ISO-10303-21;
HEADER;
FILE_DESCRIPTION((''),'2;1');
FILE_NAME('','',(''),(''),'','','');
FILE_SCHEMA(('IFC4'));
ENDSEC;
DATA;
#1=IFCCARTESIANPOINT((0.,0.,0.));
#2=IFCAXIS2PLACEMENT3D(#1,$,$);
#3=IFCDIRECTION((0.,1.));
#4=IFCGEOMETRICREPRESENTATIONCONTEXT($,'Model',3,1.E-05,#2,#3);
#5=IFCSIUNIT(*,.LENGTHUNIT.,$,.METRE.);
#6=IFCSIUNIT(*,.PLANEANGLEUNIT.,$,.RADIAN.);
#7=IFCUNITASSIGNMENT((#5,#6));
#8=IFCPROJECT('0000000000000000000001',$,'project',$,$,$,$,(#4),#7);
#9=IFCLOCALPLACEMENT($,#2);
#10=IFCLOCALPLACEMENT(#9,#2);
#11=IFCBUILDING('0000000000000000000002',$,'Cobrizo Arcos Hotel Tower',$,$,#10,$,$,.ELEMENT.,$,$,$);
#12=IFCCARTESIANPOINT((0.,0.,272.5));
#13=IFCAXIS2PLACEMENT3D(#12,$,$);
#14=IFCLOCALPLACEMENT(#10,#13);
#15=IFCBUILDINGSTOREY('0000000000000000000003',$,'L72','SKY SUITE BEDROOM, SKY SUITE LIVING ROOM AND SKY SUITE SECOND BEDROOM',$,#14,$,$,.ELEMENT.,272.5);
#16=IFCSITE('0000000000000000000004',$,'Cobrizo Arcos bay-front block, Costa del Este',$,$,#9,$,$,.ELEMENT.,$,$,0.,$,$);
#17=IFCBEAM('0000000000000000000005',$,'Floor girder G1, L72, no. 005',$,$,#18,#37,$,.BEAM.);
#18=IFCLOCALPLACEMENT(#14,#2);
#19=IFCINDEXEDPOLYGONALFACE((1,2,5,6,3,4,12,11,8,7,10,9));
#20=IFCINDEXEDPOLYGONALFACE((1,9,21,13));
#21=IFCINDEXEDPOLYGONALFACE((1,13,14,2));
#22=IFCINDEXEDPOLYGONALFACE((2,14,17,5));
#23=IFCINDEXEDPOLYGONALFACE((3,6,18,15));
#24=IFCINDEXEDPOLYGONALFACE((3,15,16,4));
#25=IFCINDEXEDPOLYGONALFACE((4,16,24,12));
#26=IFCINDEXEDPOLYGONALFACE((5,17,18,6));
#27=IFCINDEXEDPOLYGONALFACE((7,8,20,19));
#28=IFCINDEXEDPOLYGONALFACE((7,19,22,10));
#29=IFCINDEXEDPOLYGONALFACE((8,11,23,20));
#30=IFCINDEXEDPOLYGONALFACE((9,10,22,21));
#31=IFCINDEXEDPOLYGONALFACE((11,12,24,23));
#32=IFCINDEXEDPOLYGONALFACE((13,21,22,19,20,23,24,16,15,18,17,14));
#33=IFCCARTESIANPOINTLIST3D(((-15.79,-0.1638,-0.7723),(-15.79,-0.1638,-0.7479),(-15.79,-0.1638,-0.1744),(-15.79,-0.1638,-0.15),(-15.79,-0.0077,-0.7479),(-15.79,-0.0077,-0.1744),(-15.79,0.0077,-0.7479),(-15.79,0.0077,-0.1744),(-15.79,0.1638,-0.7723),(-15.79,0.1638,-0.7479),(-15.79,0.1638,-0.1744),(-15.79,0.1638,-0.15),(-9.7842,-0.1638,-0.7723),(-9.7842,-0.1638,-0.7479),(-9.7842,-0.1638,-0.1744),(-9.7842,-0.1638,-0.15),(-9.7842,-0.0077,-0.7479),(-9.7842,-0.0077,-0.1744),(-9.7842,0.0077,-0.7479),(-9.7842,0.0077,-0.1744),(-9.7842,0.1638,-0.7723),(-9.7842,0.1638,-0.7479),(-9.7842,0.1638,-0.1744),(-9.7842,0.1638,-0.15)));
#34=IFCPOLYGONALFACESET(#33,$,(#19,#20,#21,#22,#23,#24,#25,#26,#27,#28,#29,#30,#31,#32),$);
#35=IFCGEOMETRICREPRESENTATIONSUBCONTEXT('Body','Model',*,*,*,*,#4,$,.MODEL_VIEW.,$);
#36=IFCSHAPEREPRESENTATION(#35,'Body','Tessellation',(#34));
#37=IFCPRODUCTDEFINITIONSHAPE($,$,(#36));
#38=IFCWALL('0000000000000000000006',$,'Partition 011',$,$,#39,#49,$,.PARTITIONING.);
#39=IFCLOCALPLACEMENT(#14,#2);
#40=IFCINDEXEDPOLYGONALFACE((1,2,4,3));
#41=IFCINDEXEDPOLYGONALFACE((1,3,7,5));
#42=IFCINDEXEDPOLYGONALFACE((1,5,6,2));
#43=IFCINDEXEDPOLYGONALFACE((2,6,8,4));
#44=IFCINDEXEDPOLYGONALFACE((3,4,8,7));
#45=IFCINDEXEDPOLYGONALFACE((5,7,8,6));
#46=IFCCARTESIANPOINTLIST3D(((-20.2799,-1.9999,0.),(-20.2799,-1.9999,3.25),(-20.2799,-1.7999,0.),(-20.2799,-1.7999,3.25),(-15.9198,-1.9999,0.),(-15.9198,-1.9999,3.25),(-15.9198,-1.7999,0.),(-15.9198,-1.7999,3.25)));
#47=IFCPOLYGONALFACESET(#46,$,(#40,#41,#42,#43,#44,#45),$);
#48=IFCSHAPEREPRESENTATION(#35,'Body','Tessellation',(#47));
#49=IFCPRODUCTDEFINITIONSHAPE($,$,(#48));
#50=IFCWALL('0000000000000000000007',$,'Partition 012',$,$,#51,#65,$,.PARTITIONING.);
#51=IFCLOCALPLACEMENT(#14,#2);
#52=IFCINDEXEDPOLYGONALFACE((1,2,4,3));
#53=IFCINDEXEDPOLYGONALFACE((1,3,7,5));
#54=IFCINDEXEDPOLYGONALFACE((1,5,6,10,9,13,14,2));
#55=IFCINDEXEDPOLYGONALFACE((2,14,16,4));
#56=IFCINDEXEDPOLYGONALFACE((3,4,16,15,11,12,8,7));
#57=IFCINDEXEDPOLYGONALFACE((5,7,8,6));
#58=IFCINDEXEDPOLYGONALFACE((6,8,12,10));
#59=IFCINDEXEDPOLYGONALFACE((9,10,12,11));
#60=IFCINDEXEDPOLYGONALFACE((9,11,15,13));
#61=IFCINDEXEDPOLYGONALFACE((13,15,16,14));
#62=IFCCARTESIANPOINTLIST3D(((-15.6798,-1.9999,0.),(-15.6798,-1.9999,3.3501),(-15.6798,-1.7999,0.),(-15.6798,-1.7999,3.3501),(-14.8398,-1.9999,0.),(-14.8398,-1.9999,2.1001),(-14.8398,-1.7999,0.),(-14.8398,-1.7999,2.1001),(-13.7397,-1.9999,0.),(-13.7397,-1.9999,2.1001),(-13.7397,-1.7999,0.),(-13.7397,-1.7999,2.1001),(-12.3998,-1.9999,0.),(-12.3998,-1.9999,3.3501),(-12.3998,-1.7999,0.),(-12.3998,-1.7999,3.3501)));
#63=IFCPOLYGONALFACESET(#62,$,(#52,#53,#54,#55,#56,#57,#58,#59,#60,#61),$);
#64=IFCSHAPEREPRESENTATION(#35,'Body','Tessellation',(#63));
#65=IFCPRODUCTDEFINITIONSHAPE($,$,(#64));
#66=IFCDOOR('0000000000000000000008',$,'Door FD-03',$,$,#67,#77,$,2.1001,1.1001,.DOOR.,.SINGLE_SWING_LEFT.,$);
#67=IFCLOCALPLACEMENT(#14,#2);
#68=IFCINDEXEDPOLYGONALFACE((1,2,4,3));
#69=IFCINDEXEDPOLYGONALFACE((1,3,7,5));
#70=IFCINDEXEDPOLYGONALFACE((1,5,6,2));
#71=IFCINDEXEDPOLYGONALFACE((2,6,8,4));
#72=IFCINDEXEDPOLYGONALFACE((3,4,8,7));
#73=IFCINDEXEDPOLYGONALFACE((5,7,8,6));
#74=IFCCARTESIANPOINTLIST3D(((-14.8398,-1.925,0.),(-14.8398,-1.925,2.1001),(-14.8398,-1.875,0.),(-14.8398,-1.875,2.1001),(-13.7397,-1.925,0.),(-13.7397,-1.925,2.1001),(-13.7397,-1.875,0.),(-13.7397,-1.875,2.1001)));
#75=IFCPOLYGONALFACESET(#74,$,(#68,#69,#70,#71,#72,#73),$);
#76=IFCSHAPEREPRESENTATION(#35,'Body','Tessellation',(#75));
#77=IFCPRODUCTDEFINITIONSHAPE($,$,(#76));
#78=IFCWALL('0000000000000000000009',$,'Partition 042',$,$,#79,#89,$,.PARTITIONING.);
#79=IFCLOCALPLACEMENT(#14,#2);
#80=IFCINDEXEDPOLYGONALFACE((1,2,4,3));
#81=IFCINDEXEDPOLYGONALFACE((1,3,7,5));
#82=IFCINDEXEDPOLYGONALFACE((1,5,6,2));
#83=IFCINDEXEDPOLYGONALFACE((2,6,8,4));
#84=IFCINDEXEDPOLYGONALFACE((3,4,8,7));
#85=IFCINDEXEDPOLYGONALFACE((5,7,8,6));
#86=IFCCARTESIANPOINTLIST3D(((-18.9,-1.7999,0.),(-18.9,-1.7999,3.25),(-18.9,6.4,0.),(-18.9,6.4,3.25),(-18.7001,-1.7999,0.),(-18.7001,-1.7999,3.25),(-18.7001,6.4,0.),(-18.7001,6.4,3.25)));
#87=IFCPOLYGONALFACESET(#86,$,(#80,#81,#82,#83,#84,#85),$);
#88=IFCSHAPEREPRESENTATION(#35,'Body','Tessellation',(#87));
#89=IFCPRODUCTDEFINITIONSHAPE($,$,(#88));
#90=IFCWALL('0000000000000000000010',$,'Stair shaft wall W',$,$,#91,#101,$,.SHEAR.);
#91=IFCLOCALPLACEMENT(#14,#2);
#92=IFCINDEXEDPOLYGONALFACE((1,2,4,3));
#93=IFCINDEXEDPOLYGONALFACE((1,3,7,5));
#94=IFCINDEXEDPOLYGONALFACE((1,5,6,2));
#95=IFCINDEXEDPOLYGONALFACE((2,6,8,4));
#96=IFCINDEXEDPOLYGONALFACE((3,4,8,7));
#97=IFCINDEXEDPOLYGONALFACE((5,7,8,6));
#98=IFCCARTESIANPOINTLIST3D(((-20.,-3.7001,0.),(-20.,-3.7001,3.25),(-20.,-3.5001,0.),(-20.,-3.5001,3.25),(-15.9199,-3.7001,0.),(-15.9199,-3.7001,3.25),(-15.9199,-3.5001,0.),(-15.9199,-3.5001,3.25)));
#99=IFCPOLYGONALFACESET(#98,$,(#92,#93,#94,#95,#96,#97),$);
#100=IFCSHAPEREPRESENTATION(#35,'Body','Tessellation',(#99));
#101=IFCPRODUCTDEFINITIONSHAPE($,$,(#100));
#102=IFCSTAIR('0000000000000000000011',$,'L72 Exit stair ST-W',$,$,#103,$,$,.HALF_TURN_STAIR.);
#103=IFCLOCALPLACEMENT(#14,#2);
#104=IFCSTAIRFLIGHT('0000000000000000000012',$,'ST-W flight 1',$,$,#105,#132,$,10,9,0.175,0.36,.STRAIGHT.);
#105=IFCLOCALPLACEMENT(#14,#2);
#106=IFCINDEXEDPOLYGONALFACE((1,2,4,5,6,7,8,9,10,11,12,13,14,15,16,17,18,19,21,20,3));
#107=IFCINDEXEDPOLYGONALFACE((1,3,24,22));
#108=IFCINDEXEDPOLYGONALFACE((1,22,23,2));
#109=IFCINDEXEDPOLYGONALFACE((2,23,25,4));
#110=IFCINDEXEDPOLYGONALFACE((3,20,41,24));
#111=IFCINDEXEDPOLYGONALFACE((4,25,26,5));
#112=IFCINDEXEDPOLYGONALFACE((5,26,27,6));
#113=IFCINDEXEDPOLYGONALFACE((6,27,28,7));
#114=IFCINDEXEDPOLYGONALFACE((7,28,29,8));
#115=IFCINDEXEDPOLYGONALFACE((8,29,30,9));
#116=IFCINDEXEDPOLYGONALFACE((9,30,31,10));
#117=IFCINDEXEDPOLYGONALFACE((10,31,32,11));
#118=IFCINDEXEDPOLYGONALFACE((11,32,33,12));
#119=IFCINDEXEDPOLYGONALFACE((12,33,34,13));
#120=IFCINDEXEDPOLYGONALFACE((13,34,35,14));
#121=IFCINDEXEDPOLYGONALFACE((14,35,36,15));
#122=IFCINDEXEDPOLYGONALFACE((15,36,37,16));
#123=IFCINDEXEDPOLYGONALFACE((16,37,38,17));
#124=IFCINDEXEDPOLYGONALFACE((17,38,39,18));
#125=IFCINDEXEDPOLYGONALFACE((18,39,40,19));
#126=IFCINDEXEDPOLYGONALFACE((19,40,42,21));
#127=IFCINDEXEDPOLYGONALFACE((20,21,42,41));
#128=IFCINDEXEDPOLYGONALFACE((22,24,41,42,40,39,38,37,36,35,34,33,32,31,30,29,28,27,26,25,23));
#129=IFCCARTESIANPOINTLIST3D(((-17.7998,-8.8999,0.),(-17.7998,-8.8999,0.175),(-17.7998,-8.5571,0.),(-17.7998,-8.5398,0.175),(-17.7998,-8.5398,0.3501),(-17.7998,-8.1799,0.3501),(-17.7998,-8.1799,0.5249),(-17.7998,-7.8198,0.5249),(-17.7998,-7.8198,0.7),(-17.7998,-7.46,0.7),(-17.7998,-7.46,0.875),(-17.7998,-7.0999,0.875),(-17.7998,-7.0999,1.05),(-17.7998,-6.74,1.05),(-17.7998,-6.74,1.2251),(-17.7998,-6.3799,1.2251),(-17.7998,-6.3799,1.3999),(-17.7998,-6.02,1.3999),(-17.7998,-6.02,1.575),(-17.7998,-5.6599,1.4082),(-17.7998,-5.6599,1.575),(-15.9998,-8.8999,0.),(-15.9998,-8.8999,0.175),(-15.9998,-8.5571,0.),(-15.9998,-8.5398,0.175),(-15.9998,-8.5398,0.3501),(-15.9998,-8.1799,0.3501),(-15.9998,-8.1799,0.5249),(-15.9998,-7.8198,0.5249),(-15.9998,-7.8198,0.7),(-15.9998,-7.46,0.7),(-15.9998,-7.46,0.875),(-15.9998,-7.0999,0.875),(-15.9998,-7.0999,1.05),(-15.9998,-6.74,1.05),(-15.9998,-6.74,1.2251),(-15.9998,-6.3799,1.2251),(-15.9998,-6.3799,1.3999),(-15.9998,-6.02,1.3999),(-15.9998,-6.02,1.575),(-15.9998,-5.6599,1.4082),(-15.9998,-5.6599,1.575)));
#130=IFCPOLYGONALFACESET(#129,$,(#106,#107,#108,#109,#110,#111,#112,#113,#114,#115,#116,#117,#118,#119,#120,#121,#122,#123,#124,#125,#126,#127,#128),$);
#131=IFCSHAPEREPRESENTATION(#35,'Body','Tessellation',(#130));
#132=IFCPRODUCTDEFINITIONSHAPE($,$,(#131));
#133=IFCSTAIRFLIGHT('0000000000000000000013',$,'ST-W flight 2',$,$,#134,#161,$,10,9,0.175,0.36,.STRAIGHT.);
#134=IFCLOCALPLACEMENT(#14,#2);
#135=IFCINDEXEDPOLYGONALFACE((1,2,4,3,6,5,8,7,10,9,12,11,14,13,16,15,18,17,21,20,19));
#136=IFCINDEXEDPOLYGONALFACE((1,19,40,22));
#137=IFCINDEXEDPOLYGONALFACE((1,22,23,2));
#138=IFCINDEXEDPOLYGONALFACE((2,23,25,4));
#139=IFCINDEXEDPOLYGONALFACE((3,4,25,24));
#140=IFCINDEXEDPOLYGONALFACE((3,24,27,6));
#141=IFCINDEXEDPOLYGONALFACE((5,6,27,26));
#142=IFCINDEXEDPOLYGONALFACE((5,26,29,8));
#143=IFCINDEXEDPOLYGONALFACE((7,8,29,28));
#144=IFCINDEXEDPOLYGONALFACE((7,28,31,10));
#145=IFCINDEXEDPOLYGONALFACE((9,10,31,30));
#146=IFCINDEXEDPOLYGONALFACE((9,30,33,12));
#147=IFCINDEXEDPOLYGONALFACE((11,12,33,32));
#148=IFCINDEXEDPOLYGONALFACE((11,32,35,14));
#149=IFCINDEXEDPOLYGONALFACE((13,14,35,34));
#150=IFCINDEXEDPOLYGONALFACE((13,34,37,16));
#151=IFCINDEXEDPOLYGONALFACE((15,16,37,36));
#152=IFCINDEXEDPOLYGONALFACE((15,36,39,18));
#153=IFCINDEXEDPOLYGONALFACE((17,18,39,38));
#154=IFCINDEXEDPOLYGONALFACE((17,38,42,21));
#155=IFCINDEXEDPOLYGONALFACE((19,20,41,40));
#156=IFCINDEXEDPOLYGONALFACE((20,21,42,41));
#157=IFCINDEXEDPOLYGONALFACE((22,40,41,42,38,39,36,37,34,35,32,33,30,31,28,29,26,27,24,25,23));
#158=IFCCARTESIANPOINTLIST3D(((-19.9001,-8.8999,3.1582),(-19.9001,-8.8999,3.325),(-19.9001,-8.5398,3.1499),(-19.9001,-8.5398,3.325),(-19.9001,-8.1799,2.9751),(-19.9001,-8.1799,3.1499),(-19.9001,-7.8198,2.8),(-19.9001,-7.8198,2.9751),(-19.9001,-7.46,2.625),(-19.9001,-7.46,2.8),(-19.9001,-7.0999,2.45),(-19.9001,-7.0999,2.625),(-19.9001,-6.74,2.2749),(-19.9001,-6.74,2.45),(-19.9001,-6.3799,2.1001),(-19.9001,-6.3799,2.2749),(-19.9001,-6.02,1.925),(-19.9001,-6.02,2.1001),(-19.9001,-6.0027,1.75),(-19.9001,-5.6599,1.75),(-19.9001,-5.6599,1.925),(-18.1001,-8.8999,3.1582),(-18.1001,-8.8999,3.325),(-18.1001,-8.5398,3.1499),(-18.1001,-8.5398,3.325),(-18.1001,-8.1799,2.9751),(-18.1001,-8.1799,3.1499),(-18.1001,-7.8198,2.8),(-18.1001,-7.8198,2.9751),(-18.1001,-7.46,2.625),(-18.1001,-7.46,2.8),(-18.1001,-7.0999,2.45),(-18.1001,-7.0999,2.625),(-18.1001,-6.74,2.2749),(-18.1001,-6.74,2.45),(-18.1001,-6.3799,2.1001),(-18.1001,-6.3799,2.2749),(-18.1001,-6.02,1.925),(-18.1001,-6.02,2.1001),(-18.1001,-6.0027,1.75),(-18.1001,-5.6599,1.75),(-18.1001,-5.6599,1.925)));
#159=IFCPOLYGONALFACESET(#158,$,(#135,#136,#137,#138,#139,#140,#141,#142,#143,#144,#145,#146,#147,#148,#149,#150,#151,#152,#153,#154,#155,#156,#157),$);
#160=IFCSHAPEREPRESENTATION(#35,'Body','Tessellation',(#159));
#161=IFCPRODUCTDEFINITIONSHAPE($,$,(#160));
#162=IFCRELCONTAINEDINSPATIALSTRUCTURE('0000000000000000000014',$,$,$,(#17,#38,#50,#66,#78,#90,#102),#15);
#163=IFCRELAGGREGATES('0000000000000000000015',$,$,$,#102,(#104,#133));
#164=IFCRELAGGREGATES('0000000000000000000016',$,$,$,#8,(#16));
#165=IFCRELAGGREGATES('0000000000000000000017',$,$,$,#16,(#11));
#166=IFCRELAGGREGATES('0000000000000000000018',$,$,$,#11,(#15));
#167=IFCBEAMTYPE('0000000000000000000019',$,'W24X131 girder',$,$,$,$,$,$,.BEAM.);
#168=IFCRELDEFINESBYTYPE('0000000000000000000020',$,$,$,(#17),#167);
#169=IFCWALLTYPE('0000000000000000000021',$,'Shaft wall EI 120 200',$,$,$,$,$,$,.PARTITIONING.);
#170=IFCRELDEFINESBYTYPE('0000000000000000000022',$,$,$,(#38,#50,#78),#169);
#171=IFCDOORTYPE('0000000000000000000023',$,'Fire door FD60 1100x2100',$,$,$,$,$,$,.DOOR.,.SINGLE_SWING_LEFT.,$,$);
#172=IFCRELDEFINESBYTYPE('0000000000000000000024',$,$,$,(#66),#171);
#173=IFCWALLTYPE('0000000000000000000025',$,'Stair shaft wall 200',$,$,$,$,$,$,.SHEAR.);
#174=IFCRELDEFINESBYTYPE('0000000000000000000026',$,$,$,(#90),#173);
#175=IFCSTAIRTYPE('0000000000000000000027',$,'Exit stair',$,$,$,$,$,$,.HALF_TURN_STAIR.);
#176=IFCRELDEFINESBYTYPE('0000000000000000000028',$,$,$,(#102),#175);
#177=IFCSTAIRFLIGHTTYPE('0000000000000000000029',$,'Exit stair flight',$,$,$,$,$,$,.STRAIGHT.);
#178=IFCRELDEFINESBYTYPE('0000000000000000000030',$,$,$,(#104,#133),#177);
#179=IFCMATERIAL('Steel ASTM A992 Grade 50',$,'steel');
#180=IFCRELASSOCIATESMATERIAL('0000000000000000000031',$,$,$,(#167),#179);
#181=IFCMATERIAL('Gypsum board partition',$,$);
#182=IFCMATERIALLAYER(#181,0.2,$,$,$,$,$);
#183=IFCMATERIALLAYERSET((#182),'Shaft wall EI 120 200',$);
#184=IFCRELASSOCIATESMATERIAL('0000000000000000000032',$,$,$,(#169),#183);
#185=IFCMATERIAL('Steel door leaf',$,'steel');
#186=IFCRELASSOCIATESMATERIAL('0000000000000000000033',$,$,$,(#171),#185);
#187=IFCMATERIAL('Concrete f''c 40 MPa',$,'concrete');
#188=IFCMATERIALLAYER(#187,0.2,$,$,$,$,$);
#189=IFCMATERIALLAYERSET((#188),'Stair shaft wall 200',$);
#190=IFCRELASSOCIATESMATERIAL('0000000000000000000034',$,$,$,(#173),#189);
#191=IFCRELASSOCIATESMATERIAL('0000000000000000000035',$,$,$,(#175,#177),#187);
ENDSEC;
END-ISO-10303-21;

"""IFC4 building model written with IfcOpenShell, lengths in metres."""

from ifc_helpers import new_model, si_unit, direction, frame, frame_2d, origin, origin_2d, place, context, subcontext, project, spatial, polyline, rectangle, i_section, outline, extrude, material, layer, layer_set, material_profile, profile_set, type_object, element, fill, aggregate, save


model = new_model("IFC4")

# Units and contexts
model_context = context("Model", 3, precision=1e-05, world=origin(), true_north=direction((0.0, 1.0)))
body_context = subcontext(model_context, "Body", "Model", "MODEL_VIEW")
ifc_project = project(units=[si_unit("LENGTHUNIT", "METRE"), si_unit("PLANEANGLEUNIT", "RADIAN")], contexts=[model_context])

# Site, building, storey
site_placement = place(None, origin())
site = spatial("IfcSite", under=ifc_project, at=site_placement, Name="Cobrizo Arcos bay-front block, Costa del Este", CompositionType="ELEMENT", RefElevation=0.0)
building_placement = place(site_placement, origin())
building = spatial("IfcBuilding", under=site, at=building_placement, Name="Cobrizo Arcos Hotel Tower", CompositionType="ELEMENT")
storey_placement = place(building_placement, frame((0.0, 0.0, 272.5)))
storey = spatial("IfcBuildingStorey", under=building, at=storey_placement, Name="L72", Description="SKY SUITE BEDROOM, SKY SUITE LIVING ROOM AND SKY SUITE SECOND BEDROOM", CompositionType="ELEMENT", Elevation=272.5)

# Beam
ifc_material_1 = material(Name="Steel ASTM A992 Grade 50", Category="steel")
ifc_material_profile = material_profile(ifc_material_1, i_section(OverallWidth=0.3276, OverallDepth=0.6223, WebThickness=0.0154, FlangeThickness=0.0244, at=origin_2d()), Name="W24X131")
ifc_profile_set = profile_set([ifc_material_profile], Name="Steel ASTM A992 Grade 50")
beam_type = type_object("IfcBeamType", Name="W24X131 girder", PredefinedType="BEAM", material=ifc_profile_set)
beam_placement = place(storey_placement, frame((-15.79, 0.0, -0.4612), z_axis=(1.0, 0.0, 0.0), x_axis=(0.0, 1.0, 0.0)))
element("IfcBeam", 1, at=beam_placement, inside=storey, type_object=beam_type, Name="Floor girder G1, L72, no. 005", PredefinedType="BEAM", context=body_context, shape_type="SweptSolid", body=[
    extrude(i_section(OverallWidth=0.3276, OverallDepth=0.6223, WebThickness=0.0154, FlangeThickness=0.0244, at=origin_2d()), origin(), (0.0, 0.0, 1.0), 6.0059),
])

# Wall
ifc_material_2 = material(Name="Gypsum board partition")
ifc_layer_1 = layer(ifc_material_2, 0.2)
ifc_layer_set_1 = layer_set([ifc_layer_1], Name="Shaft wall EI 120 200")
wall_type_1 = type_object("IfcWallType", Name="Shaft wall EI 120 200", PredefinedType="PARTITIONING", material=ifc_layer_set_1)
wall_1_placement = place(storey_placement, frame((-20.28, -1.8999, 0.0), z_axis=(0.0, 0.0, 1.0), x_axis=(1.0, 0.0, 0.0)))
element("IfcWall", 2, at=wall_1_placement, inside=storey, type_object=wall_type_1, Name="Partition 011", PredefinedType="PARTITIONING", context=body_context, shape_type="SweptSolid", body=[
    extrude(rectangle(XDim=4.3601, YDim=0.2, at=frame_2d((2.1802, 0.0))), origin(), (0.0, 0.0, 1.0), 3.25),
])

# Wall, opening, door
wall_2_placement = place(storey_placement, frame((-15.6799, -1.8999, 0.0), z_axis=(0.0, 0.0, 1.0), x_axis=(1.0, 0.0, 0.0)))
wall_2 = element("IfcWall", 3, at=wall_2_placement, inside=storey, type_object=wall_type_1, Name="Partition 012", PredefinedType="PARTITIONING", context=body_context, shape_type="SweptSolid", body=[
    extrude(rectangle(XDim=3.28, YDim=0.2, at=frame_2d((1.6401, 0.0))), origin(), (0.0, 0.0, 1.0), 3.3501),
])
opening_placement = place(wall_2_placement, frame((0.8401, 0.0, 0.0)))
opening = element("IfcOpeningElement", 4, at=opening_placement, cuts=wall_2, PredefinedType="OPENING", context=body_context, shape_type="SweptSolid", body=[
    extrude(rectangle(XDim=1.1001, YDim=2.1001, at=frame_2d((0.55, 1.05))), frame((0.0, 0.1121, 0.0), z_axis=(0.0, -1.0, 0.0), x_axis=(1.0, 0.0, 0.0)), (0.0, 0.0, 1.0), 0.2239),
])
ifc_material_3 = material(Name="Steel door leaf", Category="steel")
door_type = type_object("IfcDoorType", Name="Fire door FD60 1100x2100", OperationType="SINGLE_SWING_LEFT", PredefinedType="DOOR", material=ifc_material_3)
door_placement = place(opening_placement, origin())
door = element("IfcDoor", 5, at=door_placement, inside=storey, type_object=door_type, Name="Door FD-03", OperationType="SINGLE_SWING_LEFT", OverallHeight=2.1001, OverallWidth=1.1001, PredefinedType="DOOR", context=body_context, shape_type="SweptSolid", body=[
    extrude(rectangle(XDim=1.1001, YDim=2.1001, at=frame_2d((0.55, 1.05))), frame((0.0, 0.0249, 0.0), z_axis=(0.0, -1.0, 0.0), x_axis=(1.0, 0.0, 0.0)), (0.0, 0.0, 1.0), 0.05),
])
fill(opening, door)

# Walls
wall_3_placement = place(storey_placement, frame((-18.8, -1.8, 0.0), z_axis=(0.0, 0.0, 1.0), x_axis=(0.0, 1.0, 0.0)))
element("IfcWall", 6, at=wall_3_placement, inside=storey, type_object=wall_type_1, Name="Partition 042", PredefinedType="PARTITIONING", context=body_context, shape_type="SweptSolid", body=[
    extrude(rectangle(XDim=8.2, YDim=0.2, at=frame_2d((4.1001, 0.0))), origin(), (0.0, 0.0, 1.0), 3.25),
])
ifc_material_4 = material(Name="Concrete f'c 40 MPa", Category="concrete")
ifc_layer_2 = layer(ifc_material_4, 0.2)
ifc_layer_set_2 = layer_set([ifc_layer_2], Name="Stair shaft wall 200")
wall_type_2 = type_object("IfcWallType", Name="Stair shaft wall 200", PredefinedType="SHEAR", material=ifc_layer_set_2)
wall_4_placement = place(storey_placement, frame((-20.0, -3.6001, 0.0), z_axis=(0.0, 0.0, 1.0), x_axis=(1.0, 0.0, 0.0)))
element("IfcWall", 7, at=wall_4_placement, inside=storey, type_object=wall_type_2, Name="Stair shaft wall W", PredefinedType="SHEAR", context=body_context, shape_type="SweptSolid", body=[
    extrude(rectangle(XDim=4.0801, YDim=0.2, at=frame_2d((2.04, 0.0))), origin(), (0.0, 0.0, 1.0), 3.25),
])

# Stair, stair flights
stair_type = type_object("IfcStairType", Name="Exit stair", PredefinedType="HALF_TURN_STAIR", material=ifc_material_4)
stair_placement = place(storey_placement, origin())
stair = element("IfcStair", 8, at=stair_placement, inside=storey, type_object=stair_type, Name="L72 Exit stair ST-W", PredefinedType="HALF_TURN_STAIR")
stair_flight_type = type_object("IfcStairFlightType", Name="Exit stair flight", PredefinedType="STRAIGHT", material=ifc_material_4)
stair_flight_1_placement = place(storey_placement, frame((-16.8999, -8.8999, 0.0), z_axis=(0.0, 0.0, 1.0), x_axis=(0.0, 1.0, 0.0)))
stair_flight_1 = element("IfcStairFlight", 9, at=stair_flight_1_placement, type_object=stair_flight_type, Name="ST-W flight 1", NumberOfRisers=10, NumberOfTreads=9, PredefinedType="STRAIGHT", RiserHeight=0.175, TreadLength=0.36, context=body_context, shape_type="SweptSolid", body=[
    extrude(outline(polyline([(0.0, 0.0), (0.0, 0.175), (0.3601, 0.175), (0.3601, 0.3501), (0.72, 0.3501), (0.72, 0.5249), (1.0801, 0.5249), (1.0801, 0.7), (1.4399, 0.7), (1.4399, 0.875), (1.8, 0.875), (1.8, 1.05), (2.1599, 1.05), (2.1599, 1.2251), (2.52, 1.2251), (2.52, 1.3999), (2.8799, 1.3999), (2.8799, 1.575), (3.24, 1.575), (3.24, 1.75), (3.24, 1.4082), (0.3428, 0.0), (0.0, 0.0)])), frame((0.0, 0.8999, 0.0), z_axis=(0.0, -1.0, 0.0), x_axis=(1.0, 0.0, 0.0)), (0.0, 0.0, 1.0), 1.8),
])
stair_flight_2_placement = place(storey_placement, frame((-19.0, -5.6599, 1.75), z_axis=(0.0, 0.0, 1.0), x_axis=(0.0, -1.0, 0.0)))
stair_flight_2 = element("IfcStairFlight", 10, at=stair_flight_2_placement, type_object=stair_flight_type, Name="ST-W flight 2", NumberOfRisers=10, NumberOfTreads=9, PredefinedType="STRAIGHT", RiserHeight=0.175, TreadLength=0.36, context=body_context, shape_type="SweptSolid", body=[
    extrude(outline(polyline([(0.0, 0.0), (0.0, 0.175), (0.3601, 0.175), (0.3601, 0.3501), (0.72, 0.3501), (0.72, 0.5249), (1.0801, 0.5249), (1.0801, 0.7), (1.4399, 0.7), (1.4399, 0.875), (1.8, 0.875), (1.8, 1.05), (2.1599, 1.05), (2.1599, 1.2251), (2.52, 1.2251), (2.52, 1.3999), (2.8799, 1.3999), (2.8799, 1.575), (3.24, 1.575), (3.24, 1.75), (3.24, 1.4082), (0.3428, 0.0), (0.0, 0.0)])), frame((0.0, 0.8999, 0.0), z_axis=(0.0, -1.0, 0.0), x_axis=(1.0, 0.0, 0.0)), (0.0, 0.0, 1.0), 1.8),
])
aggregate(stair, [stair_flight_1, stair_flight_2])

save(model, "model.ifc")
